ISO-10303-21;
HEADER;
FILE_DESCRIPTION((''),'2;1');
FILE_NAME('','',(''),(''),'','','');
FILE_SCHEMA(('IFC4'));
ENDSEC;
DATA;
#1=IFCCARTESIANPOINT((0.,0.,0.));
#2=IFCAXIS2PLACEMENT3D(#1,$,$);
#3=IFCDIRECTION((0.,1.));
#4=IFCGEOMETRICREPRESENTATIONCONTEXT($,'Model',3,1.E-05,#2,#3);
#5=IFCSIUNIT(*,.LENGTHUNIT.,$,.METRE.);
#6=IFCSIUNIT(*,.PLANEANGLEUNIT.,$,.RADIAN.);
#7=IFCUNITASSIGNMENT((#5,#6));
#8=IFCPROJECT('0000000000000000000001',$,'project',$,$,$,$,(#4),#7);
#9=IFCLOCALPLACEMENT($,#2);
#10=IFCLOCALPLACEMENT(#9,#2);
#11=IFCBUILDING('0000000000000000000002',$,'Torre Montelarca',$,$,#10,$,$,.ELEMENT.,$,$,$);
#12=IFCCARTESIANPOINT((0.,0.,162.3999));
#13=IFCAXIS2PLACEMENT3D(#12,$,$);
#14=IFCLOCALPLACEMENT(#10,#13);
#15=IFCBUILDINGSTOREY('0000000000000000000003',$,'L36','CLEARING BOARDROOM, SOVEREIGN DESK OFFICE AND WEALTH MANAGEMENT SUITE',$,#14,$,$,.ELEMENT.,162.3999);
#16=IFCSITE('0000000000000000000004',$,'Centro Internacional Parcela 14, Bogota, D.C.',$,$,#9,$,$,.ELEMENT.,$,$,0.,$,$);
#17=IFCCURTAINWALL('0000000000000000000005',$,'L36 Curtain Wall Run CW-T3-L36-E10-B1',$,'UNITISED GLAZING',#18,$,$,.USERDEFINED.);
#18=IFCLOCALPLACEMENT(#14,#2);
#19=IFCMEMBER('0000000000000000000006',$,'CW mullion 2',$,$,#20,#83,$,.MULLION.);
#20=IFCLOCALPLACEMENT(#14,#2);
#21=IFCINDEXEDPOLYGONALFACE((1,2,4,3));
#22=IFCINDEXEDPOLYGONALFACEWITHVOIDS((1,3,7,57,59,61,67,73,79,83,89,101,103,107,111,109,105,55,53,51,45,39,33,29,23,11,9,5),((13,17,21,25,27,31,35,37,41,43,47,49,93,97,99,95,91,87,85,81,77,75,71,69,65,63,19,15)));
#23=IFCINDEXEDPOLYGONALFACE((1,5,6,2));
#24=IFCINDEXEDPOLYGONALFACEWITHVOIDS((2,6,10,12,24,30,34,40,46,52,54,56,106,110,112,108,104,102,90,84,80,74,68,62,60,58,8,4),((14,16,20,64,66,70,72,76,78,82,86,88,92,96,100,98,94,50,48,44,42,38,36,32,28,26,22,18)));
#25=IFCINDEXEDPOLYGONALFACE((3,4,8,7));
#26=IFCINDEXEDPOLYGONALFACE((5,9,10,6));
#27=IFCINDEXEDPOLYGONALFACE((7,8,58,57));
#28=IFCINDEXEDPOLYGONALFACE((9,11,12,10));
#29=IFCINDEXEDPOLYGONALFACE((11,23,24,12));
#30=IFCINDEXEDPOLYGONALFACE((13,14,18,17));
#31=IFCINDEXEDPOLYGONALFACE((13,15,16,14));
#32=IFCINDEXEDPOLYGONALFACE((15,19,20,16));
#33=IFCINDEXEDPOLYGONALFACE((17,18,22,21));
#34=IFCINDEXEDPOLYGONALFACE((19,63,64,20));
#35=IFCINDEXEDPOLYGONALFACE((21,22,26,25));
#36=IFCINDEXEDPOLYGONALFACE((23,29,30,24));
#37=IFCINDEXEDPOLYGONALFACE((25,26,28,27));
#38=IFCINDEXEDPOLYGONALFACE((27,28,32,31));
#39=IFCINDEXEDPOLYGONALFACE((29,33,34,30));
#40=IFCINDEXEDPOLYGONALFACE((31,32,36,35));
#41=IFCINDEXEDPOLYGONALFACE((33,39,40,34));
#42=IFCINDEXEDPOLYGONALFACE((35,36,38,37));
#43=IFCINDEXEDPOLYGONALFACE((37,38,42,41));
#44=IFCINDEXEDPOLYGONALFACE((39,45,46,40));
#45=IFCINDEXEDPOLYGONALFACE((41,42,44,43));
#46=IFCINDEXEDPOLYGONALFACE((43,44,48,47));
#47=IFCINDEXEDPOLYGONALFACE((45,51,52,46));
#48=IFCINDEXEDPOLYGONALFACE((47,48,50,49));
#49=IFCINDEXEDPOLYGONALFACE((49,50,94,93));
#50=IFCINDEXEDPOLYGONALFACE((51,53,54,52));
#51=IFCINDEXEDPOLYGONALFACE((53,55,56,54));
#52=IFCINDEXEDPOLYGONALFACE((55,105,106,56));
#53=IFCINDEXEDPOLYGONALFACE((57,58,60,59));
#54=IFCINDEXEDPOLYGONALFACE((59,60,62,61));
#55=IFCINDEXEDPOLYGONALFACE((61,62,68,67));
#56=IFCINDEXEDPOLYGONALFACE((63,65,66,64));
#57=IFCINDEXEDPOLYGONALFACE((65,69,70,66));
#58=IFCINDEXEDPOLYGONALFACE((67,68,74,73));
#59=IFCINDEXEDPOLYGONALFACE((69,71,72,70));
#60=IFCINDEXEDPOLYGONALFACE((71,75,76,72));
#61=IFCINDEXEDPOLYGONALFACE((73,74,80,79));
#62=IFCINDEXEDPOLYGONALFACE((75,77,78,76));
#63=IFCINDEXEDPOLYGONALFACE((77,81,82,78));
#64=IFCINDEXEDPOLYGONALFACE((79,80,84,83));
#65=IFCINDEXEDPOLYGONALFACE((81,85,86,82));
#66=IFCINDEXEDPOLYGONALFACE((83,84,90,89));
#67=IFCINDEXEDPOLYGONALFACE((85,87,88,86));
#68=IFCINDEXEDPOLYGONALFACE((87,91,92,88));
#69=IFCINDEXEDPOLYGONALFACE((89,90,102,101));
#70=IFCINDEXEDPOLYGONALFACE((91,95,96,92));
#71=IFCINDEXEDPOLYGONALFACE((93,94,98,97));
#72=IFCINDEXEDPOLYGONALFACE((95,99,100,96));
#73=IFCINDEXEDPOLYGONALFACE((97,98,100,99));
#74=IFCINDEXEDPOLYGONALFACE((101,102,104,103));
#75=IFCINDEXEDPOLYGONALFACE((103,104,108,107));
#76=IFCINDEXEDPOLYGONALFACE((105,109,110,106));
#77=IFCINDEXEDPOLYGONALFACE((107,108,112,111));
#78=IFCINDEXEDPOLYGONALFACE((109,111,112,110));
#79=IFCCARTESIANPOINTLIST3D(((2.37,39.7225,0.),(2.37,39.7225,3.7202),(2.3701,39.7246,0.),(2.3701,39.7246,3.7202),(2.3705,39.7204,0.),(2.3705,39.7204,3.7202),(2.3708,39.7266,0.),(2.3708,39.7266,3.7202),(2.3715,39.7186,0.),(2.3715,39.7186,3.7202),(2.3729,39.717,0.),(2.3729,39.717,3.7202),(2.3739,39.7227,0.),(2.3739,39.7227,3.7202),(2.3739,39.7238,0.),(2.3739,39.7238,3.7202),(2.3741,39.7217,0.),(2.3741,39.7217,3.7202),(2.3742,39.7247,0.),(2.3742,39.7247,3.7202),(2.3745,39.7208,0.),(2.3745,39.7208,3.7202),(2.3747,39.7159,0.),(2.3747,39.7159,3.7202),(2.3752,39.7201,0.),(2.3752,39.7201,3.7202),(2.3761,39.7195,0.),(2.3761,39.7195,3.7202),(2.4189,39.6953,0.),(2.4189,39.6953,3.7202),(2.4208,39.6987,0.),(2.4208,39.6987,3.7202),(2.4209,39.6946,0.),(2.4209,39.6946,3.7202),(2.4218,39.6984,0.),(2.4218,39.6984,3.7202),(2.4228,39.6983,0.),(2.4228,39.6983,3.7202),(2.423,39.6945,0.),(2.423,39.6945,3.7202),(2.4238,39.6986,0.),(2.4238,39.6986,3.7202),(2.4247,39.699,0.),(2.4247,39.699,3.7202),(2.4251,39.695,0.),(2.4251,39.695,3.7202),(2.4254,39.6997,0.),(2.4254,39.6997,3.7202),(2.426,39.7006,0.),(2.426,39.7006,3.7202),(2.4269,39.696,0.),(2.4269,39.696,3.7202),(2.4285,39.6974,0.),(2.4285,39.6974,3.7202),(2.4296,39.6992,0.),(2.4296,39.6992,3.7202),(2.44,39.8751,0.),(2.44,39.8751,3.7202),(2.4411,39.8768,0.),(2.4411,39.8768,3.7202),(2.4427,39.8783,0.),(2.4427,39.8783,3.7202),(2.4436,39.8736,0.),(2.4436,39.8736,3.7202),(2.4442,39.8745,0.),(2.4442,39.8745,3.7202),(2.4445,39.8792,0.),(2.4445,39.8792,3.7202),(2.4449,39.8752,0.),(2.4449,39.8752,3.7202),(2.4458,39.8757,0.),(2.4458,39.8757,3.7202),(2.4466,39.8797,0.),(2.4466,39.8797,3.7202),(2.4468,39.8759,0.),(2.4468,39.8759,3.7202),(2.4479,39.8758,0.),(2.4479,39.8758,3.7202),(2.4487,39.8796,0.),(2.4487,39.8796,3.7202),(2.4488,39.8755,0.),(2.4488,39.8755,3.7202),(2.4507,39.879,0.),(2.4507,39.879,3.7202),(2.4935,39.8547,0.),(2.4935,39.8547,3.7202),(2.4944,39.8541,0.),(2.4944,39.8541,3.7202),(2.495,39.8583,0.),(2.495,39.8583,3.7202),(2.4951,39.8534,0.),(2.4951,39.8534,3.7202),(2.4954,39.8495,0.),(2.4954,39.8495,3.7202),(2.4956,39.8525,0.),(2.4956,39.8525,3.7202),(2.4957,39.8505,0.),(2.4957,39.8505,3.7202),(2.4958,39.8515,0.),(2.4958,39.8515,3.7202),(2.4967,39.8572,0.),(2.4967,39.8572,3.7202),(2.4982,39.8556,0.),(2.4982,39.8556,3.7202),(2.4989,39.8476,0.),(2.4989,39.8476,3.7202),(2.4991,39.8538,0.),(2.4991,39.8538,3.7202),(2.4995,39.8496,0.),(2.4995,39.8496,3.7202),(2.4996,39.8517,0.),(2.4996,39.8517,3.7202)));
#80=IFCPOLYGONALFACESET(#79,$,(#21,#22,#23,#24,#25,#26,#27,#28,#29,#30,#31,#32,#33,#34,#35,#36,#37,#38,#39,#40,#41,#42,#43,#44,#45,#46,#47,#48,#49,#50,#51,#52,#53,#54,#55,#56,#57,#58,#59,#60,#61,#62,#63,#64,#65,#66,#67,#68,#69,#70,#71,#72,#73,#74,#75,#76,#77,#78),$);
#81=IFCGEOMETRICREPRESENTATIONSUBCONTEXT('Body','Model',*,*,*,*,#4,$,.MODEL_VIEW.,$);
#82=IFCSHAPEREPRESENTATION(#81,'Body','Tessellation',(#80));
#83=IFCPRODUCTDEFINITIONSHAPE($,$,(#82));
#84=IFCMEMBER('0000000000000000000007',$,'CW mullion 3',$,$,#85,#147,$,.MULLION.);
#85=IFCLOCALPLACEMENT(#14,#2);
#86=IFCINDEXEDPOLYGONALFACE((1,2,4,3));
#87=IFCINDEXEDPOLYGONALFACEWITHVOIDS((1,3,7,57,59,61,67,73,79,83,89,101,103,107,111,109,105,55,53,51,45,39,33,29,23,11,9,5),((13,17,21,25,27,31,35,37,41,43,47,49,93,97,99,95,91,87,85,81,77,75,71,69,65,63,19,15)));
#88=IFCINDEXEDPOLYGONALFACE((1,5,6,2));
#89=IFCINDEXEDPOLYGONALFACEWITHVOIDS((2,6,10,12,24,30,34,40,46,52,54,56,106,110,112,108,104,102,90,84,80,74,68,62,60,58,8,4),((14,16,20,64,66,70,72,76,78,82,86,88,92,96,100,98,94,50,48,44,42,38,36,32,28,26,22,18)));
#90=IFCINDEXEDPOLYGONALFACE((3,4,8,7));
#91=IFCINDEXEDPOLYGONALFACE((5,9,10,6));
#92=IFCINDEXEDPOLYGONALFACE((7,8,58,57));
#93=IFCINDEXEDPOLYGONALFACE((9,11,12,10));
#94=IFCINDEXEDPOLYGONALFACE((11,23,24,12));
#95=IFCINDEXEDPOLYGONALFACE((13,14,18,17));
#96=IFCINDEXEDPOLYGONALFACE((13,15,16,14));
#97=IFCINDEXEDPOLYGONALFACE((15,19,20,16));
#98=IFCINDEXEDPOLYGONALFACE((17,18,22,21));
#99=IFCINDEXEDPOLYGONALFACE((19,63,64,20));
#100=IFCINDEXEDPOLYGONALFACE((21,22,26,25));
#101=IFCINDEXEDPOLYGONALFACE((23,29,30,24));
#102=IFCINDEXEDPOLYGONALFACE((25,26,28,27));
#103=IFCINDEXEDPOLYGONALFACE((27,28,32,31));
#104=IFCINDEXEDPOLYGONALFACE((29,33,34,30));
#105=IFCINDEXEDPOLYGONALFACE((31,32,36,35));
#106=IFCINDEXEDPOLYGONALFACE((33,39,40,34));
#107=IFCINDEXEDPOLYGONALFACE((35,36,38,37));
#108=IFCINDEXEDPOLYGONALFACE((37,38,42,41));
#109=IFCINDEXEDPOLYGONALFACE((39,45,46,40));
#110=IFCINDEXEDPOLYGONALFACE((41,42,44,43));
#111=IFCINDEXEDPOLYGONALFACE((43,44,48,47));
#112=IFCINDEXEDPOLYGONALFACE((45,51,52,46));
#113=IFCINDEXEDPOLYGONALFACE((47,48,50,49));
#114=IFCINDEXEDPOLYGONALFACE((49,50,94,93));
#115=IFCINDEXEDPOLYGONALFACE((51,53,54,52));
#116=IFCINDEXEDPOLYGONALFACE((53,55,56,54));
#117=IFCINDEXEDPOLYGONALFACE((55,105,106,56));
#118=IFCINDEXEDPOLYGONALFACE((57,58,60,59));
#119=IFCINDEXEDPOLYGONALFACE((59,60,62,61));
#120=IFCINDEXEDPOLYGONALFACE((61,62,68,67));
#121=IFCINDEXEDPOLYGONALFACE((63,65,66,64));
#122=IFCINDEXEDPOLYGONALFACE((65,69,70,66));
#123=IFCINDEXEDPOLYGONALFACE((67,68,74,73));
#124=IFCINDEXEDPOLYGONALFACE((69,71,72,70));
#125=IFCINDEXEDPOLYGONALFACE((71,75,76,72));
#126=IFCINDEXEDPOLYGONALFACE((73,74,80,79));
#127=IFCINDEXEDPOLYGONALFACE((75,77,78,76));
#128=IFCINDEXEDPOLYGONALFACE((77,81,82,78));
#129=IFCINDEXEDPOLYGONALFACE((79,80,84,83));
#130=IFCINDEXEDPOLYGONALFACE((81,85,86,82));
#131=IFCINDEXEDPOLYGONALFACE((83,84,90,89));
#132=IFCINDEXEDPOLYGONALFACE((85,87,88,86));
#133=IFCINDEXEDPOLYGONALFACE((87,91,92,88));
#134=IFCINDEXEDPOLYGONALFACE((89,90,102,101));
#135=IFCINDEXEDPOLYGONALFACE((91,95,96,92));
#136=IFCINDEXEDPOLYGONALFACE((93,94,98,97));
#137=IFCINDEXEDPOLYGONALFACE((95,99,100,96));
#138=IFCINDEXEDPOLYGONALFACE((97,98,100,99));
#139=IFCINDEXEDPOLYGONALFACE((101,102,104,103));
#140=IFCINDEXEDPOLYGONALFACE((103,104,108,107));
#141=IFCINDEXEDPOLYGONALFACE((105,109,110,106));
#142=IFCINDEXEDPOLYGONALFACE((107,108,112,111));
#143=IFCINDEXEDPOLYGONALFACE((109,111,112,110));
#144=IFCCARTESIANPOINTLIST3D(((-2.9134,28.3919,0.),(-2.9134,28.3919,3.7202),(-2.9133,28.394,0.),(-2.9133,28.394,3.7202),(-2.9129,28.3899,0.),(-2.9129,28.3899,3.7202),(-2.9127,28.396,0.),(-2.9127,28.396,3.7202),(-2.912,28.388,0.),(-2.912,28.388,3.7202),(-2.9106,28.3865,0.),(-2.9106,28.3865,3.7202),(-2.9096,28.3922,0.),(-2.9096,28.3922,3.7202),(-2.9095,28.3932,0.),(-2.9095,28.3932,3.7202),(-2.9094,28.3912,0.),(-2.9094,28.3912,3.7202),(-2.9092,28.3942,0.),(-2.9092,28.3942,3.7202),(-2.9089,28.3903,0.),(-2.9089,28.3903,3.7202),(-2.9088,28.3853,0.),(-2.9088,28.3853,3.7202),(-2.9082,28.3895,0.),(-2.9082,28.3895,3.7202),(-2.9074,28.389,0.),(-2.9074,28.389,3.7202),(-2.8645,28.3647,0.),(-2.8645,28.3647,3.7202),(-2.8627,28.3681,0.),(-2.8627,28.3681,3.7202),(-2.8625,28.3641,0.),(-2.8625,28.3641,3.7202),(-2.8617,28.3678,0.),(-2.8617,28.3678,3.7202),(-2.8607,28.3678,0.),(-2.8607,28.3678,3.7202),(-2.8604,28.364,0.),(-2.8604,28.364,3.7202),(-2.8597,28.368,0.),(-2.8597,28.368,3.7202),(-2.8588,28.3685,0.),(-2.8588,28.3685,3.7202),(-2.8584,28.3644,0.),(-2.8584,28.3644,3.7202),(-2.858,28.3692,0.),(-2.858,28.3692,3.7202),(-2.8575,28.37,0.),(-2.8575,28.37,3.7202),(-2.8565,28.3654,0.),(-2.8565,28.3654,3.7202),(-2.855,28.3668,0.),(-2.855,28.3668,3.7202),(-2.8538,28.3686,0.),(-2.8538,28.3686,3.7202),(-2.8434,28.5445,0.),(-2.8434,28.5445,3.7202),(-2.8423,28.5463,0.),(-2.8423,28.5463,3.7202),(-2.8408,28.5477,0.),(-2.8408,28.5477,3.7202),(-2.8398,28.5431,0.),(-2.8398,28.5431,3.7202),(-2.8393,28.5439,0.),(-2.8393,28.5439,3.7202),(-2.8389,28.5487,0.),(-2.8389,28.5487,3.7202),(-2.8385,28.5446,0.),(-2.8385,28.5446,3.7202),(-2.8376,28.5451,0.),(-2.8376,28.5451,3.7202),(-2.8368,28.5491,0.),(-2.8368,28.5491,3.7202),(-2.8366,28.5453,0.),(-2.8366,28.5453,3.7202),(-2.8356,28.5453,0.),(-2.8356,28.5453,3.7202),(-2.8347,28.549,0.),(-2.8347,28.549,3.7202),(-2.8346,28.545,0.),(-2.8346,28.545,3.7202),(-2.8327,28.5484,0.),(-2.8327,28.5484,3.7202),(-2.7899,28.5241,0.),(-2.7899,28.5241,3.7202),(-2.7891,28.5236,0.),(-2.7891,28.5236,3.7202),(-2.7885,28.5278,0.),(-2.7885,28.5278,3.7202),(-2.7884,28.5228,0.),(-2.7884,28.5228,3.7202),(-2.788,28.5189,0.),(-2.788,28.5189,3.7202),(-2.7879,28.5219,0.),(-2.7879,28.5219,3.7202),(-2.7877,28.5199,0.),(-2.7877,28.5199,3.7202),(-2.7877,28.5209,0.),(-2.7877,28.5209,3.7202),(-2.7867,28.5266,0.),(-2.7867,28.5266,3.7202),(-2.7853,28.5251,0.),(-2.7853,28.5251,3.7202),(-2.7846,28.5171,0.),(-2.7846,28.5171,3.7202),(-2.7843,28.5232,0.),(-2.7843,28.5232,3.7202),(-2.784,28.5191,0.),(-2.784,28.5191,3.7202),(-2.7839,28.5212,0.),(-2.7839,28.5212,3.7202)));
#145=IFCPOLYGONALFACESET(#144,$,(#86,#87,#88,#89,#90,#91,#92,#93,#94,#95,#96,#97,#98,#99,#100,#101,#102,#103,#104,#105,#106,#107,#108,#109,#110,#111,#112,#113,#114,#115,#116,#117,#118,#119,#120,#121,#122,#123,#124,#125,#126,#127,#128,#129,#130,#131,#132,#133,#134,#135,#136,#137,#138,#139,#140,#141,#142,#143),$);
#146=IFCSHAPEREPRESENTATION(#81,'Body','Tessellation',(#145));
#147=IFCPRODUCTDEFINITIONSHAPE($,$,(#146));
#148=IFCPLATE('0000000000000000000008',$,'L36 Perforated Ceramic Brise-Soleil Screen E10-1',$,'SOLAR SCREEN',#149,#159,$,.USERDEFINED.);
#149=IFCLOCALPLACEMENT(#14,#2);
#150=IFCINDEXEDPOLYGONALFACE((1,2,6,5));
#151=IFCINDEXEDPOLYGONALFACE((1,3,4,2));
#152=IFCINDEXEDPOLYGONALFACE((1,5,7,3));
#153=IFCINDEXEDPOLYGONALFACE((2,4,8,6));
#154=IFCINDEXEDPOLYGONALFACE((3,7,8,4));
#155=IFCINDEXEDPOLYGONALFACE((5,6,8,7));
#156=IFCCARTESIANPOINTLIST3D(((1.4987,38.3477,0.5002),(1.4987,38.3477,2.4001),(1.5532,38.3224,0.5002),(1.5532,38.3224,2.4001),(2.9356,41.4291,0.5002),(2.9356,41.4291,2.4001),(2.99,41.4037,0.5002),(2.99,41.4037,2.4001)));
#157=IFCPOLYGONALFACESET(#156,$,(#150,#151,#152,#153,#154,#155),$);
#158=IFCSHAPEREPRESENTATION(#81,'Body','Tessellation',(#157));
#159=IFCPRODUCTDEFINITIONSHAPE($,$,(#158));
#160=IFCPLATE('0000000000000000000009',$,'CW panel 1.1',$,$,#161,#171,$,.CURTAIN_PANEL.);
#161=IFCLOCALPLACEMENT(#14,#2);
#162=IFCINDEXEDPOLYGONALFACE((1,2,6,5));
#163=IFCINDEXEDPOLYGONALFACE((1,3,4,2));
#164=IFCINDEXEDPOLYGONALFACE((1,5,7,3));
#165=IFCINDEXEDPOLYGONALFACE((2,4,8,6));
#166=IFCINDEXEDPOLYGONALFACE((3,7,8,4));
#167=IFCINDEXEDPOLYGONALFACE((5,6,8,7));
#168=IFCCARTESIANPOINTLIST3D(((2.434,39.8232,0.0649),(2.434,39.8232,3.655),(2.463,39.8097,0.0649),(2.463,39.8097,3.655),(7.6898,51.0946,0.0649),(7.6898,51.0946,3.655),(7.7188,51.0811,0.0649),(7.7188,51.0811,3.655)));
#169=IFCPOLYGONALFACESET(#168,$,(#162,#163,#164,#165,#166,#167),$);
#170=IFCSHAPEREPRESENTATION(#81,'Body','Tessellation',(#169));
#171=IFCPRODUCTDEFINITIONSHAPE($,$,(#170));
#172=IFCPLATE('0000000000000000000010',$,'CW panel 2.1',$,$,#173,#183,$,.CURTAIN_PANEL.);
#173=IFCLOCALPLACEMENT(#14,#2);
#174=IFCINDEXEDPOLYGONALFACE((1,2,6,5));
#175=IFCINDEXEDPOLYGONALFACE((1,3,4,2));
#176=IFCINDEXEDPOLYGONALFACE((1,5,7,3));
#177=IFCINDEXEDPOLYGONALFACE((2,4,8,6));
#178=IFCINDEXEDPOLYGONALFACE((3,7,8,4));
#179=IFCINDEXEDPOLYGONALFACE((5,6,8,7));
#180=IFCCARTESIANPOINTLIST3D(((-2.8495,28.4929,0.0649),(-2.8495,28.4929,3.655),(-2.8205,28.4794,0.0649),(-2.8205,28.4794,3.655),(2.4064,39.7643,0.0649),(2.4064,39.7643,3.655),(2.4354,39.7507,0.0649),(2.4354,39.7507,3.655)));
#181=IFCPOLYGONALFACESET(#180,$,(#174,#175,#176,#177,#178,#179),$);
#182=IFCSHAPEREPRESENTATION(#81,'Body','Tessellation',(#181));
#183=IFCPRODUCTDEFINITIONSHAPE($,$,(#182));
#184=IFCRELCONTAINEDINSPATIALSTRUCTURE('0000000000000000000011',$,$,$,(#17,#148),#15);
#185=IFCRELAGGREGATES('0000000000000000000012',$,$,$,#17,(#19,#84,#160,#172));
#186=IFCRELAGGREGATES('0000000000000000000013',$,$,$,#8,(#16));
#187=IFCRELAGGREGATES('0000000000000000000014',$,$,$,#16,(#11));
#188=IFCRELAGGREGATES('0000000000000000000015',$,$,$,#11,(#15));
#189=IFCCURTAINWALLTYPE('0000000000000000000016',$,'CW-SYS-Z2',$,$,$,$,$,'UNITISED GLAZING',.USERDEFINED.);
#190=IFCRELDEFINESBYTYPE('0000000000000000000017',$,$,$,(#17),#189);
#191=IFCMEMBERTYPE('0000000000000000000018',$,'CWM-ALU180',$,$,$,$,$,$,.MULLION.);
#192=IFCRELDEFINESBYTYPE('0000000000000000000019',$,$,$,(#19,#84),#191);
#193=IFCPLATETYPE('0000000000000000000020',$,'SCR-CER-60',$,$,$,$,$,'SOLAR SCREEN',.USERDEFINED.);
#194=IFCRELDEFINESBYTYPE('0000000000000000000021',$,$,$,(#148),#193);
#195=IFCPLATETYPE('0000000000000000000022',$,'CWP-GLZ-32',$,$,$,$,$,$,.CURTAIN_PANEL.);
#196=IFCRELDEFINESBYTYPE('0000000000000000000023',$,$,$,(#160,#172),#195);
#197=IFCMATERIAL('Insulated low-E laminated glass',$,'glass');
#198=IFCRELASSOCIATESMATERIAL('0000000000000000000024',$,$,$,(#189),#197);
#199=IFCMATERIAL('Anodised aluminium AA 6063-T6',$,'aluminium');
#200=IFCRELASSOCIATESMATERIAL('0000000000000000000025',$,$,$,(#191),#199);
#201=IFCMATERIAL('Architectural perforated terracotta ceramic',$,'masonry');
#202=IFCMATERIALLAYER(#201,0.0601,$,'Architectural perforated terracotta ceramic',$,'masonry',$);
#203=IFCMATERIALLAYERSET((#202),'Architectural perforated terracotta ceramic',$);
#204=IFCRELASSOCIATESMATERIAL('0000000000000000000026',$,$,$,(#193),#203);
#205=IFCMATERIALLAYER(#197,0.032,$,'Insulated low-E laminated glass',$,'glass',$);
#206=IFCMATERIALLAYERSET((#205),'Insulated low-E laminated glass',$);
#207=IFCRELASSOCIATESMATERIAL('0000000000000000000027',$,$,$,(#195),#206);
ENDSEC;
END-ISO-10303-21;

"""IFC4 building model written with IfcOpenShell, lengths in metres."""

from ifc_helpers import new_model, si_unit, direction, frame, origin, origin_2d, place, context, subcontext, project, spatial, rectangle, hollow_rectangle, extrude, source, transform, mapped, material, layer, layer_set, material_profile, profile_set, type_object, element, aggregate, save


model = new_model("IFC4")

# Units and contexts
model_context = context("Model", 3, precision=1e-05, world=origin(), true_north=direction((0.0, 1.0)))
body_context = subcontext(model_context, "Body", "Model", "MODEL_VIEW")
ifc_project = project(units=[si_unit("LENGTHUNIT", "METRE"), si_unit("PLANEANGLEUNIT", "RADIAN")], contexts=[model_context])

# Site, building, storey
site_placement = place(None, origin())
site = spatial("IfcSite", under=ifc_project, at=site_placement, Name="Centro Internacional Parcela 14, Bogota, D.C.", CompositionType="ELEMENT", RefElevation=0.0)
building_placement = place(site_placement, origin())
building = spatial("IfcBuilding", under=site, at=building_placement, Name="Torre Montelarca", CompositionType="ELEMENT")
storey_placement = place(building_placement, frame((0.0, 0.0, 162.3999)))
storey = spatial("IfcBuildingStorey", under=building, at=storey_placement, Name="L36", Description="CLEARING BOARDROOM, SOVEREIGN DESK OFFICE AND WEALTH MANAGEMENT SUITE", CompositionType="ELEMENT", Elevation=162.3999)

# Curtain wall
ifc_material_1 = material(Name="Insulated low-E laminated glass", Category="glass")
curtain_wall_type = type_object("IfcCurtainWallType", Name="CW-SYS-Z2", ElementType="UNITISED GLAZING", PredefinedType="USERDEFINED", material=ifc_material_1)
curtain_wall_1_placement = place(storey_placement, origin())
curtain_wall_1 = element("IfcCurtainWall", 1, at=curtain_wall_1_placement, inside=storey, type_object=curtain_wall_type, Name="L36 Curtain Wall Run CW-T3-L36-E10-B1", ObjectType="UNITISED GLAZING", PredefinedType="USERDEFINED")
ifc_material_2 = material(Name="Anodised aluminium AA 6063-T6", Category="aluminium")

# Shared definitions
ifc_material_profile_1 = material_profile(ifc_material_2, hollow_rectangle(XDim=0.0649, YDim=0.1799, WallThickness=0.0039, InnerFilletRadius=0.0039, OuterFilletRadius=0.0081, at=origin_2d()), Name="ALU65X180X4", Category="aluminium")
ifc_profile_set_1 = profile_set([ifc_material_profile_1], Name="Anodised aluminium AA 6063-T6")
member_type_1 = type_object("IfcMemberType", Name="CWM-ALU180", PredefinedType="MULLION", material=ifc_profile_set_1)
shared_shape_1 = source(origin(), body_context, "Body", "SweptSolid", [
    extrude(hollow_rectangle(XDim=0.0649, YDim=0.1799, WallThickness=0.0039, InnerFilletRadius=0.0039, OuterFilletRadius=0.0081, at=origin_2d()), origin(), (0.0, 0.0, 1.0), 3.7202),
])

# Members
member_1_placement = place(storey_placement, frame((2.4348, 39.7871, 0.0), z_axis=(0.0, 0.0, 1.0), x_axis=(0.90631, -0.422614, 0.0)))
member_1 = element("IfcMember", 2, at=member_1_placement, type_object=member_type_1, Name="CW mullion 2", PredefinedType="MULLION", context=body_context, shape_type="MappedRepresentation", body=[
    mapped(shared_shape_1, transform((0.0, 0.0, 0.0), scale=1.0)),
])
member_2_placement = place(storey_placement, frame((-2.8486, 28.4565, 0.0), z_axis=(0.0, 0.0, 1.0), x_axis=(0.90631, -0.422614, 0.0)))
member_2 = element("IfcMember", 3, at=member_2_placement, type_object=member_type_1, Name="CW mullion 3", PredefinedType="MULLION", context=body_context, shape_type="MappedRepresentation", body=[
    mapped(shared_shape_1, transform((0.0, 0.0, 0.0), scale=1.0)),
])

# Plates
ifc_material_3 = material(Name="Architectural perforated terracotta ceramic", Category="masonry")
ifc_layer_1 = layer(ifc_material_3, 0.0601, Name="Architectural perforated terracotta ceramic", Category="masonry")
ifc_layer_set_1 = layer_set([ifc_layer_1], Name="Architectural perforated terracotta ceramic")
plate_type_1 = type_object("IfcPlateType", Name="SCR-CER-60", ElementType="SOLAR SCREEN", PredefinedType="USERDEFINED", material=ifc_layer_set_1)
shared_shape_2 = source(origin(), body_context, "Body", "SweptSolid", [
    extrude(rectangle(XDim=3.3999, YDim=0.0601, at=origin_2d()), origin(), (0.0, 0.0, 1.0), 1.8999),
])
plate_1_placement = place(storey_placement, frame((2.2444, 39.8757, 0.5002), z_axis=(0.0, 0.0, 1.0), x_axis=(-0.422618, -0.906308, 0.0)))
element("IfcPlate", 4, at=plate_1_placement, inside=storey, type_object=plate_type_1, Name="L36 Perforated Ceramic Brise-Soleil Screen E10-1", ObjectType="SOLAR SCREEN", PredefinedType="USERDEFINED", context=body_context, shape_type="MappedRepresentation", body=[
    mapped(shared_shape_2, transform((0.0, 0.0, 0.0), scale=1.0)),
])
ifc_layer_2 = layer(ifc_material_1, 0.032, Name="Insulated low-E laminated glass", Category="glass")
ifc_layer_set_2 = layer_set([ifc_layer_2], Name="Insulated low-E laminated glass")
plate_type_2 = type_object("IfcPlateType", Name="CWP-GLZ-32", PredefinedType="CURTAIN_PANEL", material=ifc_layer_set_2)
shared_shape_3 = source(origin(), body_context, "Body", "SweptSolid", [
    extrude(rectangle(XDim=12.4365, YDim=0.032, at=origin_2d()), origin(), (0.0, 0.0, 1.0), 3.5901),
])
plate_2_placement = place(storey_placement, frame((5.0764, 45.4521, 0.0649), z_axis=(0.0, 0.0, 1.0), x_axis=(-0.422614, -0.90631, 0.0)))
plate_2 = element("IfcPlate", 5, at=plate_2_placement, type_object=plate_type_2, Name="CW panel 1.1", PredefinedType="CURTAIN_PANEL", context=body_context, shape_type="MappedRepresentation", body=[
    mapped(shared_shape_3, transform((0.0, 0.0, 0.0), scale=1.0)),
])
plate_3_placement = place(storey_placement, frame((-0.207, 34.1218, 0.0649), z_axis=(0.0, 0.0, 1.0), x_axis=(-0.422614, -0.90631, 0.0)))
plate_3 = element("IfcPlate", 6, at=plate_3_placement, type_object=plate_type_2, Name="CW panel 2.1", PredefinedType="CURTAIN_PANEL", context=body_context, shape_type="MappedRepresentation", body=[
    mapped(shared_shape_3, transform((0.0, 0.0, 0.0), scale=1.0)),
])
aggregate(curtain_wall_1, [member_1, member_2, plate_2, plate_3])

save(model, "model.ifc")
